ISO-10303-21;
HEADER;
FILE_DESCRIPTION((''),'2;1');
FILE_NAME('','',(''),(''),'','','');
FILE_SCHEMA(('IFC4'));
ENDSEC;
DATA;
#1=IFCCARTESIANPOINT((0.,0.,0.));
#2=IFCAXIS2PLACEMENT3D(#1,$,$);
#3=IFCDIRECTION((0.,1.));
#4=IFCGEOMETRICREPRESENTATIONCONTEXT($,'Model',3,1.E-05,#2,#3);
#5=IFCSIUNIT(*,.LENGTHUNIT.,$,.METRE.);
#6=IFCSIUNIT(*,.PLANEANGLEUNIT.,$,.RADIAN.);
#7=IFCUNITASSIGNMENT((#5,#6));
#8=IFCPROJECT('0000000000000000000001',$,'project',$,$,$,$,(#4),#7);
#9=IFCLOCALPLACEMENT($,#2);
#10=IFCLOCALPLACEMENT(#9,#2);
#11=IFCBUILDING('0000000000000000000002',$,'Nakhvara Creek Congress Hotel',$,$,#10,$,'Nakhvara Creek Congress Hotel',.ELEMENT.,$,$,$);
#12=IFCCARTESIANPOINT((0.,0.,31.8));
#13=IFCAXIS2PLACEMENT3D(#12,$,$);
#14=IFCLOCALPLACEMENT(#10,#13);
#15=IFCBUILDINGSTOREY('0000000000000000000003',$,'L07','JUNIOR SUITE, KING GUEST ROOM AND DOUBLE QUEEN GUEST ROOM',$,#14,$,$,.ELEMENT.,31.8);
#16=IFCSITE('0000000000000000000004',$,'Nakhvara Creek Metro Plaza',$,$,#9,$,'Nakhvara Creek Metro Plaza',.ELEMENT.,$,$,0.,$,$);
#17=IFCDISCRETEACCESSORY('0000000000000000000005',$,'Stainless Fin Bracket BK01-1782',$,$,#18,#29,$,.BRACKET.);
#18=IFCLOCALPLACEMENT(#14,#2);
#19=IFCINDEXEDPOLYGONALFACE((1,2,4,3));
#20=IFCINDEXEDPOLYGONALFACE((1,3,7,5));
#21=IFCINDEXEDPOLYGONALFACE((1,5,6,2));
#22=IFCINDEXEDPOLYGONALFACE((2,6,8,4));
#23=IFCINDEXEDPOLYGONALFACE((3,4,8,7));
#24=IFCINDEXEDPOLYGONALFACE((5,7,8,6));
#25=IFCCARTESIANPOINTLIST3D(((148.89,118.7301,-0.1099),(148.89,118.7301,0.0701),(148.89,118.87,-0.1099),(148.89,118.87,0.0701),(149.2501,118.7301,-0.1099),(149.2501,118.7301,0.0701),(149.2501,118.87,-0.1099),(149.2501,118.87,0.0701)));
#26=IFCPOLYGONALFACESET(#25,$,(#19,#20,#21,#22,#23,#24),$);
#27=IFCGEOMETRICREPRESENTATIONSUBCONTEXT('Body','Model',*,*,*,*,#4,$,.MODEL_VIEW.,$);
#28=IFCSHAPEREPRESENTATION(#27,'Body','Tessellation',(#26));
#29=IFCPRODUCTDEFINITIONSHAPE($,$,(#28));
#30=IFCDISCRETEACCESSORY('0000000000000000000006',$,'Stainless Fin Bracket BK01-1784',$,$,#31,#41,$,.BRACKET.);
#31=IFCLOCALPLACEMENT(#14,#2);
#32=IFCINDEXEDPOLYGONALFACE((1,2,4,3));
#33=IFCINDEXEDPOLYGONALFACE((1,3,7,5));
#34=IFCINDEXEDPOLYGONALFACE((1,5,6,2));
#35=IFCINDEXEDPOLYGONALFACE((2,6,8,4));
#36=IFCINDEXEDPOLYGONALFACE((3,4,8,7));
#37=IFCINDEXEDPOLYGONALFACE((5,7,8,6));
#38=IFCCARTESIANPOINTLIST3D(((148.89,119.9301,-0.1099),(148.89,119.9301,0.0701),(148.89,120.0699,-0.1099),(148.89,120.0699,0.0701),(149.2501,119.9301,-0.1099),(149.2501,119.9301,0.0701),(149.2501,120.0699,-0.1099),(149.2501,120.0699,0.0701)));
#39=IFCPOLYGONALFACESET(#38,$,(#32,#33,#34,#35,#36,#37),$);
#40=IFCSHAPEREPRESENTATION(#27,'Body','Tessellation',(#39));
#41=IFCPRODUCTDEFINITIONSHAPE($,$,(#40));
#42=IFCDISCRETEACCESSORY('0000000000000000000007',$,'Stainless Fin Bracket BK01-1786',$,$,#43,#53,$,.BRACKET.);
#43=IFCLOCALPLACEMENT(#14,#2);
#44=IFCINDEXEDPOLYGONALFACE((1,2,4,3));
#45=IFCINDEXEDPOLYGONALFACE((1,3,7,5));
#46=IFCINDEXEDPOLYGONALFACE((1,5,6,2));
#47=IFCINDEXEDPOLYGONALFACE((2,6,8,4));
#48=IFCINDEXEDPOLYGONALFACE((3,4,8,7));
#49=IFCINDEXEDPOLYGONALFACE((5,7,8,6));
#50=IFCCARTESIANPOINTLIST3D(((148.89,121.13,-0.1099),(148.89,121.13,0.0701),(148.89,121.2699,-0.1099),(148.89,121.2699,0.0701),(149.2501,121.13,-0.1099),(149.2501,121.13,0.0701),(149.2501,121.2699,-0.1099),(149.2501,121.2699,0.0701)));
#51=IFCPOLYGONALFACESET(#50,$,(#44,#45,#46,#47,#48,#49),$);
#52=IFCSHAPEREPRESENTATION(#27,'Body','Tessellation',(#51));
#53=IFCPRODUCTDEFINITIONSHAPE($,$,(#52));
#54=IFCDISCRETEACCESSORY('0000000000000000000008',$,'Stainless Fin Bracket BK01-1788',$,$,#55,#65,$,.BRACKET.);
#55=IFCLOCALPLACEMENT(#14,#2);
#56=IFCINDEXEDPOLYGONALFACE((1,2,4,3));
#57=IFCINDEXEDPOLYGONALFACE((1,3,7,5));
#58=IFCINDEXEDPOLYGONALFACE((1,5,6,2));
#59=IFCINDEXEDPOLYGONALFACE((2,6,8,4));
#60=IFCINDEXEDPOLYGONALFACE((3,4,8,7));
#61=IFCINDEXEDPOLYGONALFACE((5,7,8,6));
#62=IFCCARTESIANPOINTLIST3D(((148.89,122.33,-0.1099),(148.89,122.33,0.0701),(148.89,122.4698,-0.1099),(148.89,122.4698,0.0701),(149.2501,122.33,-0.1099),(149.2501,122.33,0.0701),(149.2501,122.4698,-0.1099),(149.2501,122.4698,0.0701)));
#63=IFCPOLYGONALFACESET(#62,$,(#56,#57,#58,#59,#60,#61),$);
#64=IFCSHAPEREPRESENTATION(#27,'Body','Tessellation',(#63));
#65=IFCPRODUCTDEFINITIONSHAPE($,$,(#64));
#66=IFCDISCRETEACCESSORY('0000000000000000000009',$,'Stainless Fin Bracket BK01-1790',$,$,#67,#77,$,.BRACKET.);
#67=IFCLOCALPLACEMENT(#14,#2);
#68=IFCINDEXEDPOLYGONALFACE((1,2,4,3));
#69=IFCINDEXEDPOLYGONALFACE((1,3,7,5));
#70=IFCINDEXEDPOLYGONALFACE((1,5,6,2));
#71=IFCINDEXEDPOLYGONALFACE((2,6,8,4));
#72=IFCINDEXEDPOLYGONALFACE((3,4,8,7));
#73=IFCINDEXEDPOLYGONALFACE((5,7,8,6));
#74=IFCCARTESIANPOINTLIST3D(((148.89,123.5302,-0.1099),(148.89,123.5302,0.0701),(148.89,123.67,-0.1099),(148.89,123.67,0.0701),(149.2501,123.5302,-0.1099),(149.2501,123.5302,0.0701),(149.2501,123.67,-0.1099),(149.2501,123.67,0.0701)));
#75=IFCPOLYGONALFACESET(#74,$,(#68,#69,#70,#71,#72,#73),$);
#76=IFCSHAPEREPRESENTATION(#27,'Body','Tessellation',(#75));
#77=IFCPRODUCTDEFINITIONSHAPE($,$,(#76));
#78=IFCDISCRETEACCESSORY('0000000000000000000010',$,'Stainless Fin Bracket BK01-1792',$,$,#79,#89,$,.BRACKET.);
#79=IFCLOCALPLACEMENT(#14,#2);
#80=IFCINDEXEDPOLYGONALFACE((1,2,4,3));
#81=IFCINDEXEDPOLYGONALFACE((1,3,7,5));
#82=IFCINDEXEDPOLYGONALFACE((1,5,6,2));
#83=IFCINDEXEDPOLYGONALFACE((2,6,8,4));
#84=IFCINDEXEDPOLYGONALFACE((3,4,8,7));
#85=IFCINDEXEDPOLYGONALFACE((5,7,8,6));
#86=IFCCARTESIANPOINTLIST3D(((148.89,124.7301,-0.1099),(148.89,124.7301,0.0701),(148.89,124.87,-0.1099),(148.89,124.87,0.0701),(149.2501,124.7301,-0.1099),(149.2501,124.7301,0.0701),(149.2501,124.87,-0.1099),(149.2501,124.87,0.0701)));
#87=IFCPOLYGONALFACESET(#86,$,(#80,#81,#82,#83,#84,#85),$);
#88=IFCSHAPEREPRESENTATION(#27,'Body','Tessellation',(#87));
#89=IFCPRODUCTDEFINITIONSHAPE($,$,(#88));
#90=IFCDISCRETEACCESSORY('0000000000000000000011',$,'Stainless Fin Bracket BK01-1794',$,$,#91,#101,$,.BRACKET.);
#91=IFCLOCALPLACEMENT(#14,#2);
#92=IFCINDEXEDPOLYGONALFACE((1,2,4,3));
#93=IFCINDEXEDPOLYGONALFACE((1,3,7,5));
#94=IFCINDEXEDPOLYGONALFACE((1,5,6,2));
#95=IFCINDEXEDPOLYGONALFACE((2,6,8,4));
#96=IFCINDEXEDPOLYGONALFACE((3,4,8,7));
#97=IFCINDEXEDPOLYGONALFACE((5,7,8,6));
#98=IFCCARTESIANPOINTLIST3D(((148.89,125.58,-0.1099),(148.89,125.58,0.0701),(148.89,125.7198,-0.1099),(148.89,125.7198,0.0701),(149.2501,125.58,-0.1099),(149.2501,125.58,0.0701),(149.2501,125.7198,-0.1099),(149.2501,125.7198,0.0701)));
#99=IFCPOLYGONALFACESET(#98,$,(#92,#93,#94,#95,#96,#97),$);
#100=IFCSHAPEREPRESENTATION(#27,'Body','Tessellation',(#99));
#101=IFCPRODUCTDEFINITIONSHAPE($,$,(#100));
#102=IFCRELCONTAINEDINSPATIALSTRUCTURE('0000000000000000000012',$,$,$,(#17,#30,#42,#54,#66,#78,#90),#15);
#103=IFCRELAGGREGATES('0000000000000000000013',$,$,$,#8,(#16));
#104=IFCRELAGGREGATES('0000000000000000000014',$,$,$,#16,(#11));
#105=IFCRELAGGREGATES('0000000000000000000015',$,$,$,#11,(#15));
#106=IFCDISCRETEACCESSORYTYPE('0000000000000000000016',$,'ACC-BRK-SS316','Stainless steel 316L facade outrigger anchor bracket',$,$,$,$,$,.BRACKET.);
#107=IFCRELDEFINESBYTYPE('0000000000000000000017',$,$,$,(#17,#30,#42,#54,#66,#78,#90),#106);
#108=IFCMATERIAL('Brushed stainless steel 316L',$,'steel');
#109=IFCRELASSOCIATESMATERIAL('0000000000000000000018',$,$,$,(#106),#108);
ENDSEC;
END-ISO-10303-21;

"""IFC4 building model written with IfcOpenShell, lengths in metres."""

from ifc_helpers import new_model, si_unit, direction, frame, origin, origin_2d, place, context, subcontext, project, spatial, rectangle, extrude, material, type_object, element, save


model = new_model("IFC4")

# Units and contexts
model_context = context("Model", 3, precision=1e-05, world=origin(), true_north=direction((0.0, 1.0)))
body_context = subcontext(model_context, "Body", "Model", "MODEL_VIEW")
ifc_project = project(units=[si_unit("LENGTHUNIT", "METRE"), si_unit("PLANEANGLEUNIT", "RADIAN")], contexts=[model_context])

# Site, building, storey
site_placement = place(None, origin())
site = spatial("IfcSite", under=ifc_project, at=site_placement, Name="Nakhvara Creek Metro Plaza", LongName="Nakhvara Creek Metro Plaza", CompositionType="ELEMENT", RefElevation=0.0)
building_placement = place(site_placement, origin())
building = spatial("IfcBuilding", under=site, at=building_placement, Name="Nakhvara Creek Congress Hotel", LongName="Nakhvara Creek Congress Hotel", CompositionType="ELEMENT")
storey_placement = place(building_placement, frame((0.0, 0.0, 31.8)))
storey = spatial("IfcBuildingStorey", under=building, at=storey_placement, Name="L07", Description="JUNIOR SUITE, KING GUEST ROOM AND DOUBLE QUEEN GUEST ROOM", CompositionType="ELEMENT", Elevation=31.8)

# Discrete accessories
ifc_material_1 = material(Name="Brushed stainless steel 316L", Category="steel")
discrete_accessory_type = type_object("IfcDiscreteAccessoryType", Name="ACC-BRK-SS316", Description="Stainless steel 316L facade outrigger anchor bracket", PredefinedType="BRACKET", material=ifc_material_1)
for number, where, z_axis, x_axis, name in (
    (1, (149.0701, 118.8, -0.1099), (0.0, 0.0, 1.0), (0.0, 1.0, 0.0), "Stainless Fin Bracket BK01-1782"),
    (2, (149.0701, 120.0, -0.1099), (0.0, 0.0, 1.0), (0.0, 1.0, 0.0), "Stainless Fin Bracket BK01-1784"),
    (3, (149.0701, 121.2, -0.1099), (0.0, 0.0, 1.0), (0.0, 1.0, 0.0), "Stainless Fin Bracket BK01-1786"),
    (4, (149.0701, 122.3999, -0.1099), (0.0, 0.0, 1.0), (0.0, 1.0, 0.0), "Stainless Fin Bracket BK01-1788"),
    (5, (149.0701, 123.6001, -0.1099), (0.0, 0.0, 1.0), (0.0, 1.0, 0.0), "Stainless Fin Bracket BK01-1790"),
    (6, (149.0701, 124.8, -0.1099), (0.0, 0.0, 1.0), (0.0, 1.0, 0.0), "Stainless Fin Bracket BK01-1792"),
    (7, (149.0701, 125.6499, -0.1099), (0.0, 0.0, 1.0), (0.0, 1.0, 0.0), "Stainless Fin Bracket BK01-1794"),
):
    element("IfcDiscreteAccessory", number, at=place(storey_placement, frame(where, z_axis=z_axis, x_axis=x_axis)), inside=storey, type_object=discrete_accessory_type, Name=name, PredefinedType="BRACKET", context=body_context, shape_type="SweptSolid", body=[
        extrude(rectangle(XDim=0.1399, YDim=0.3601, at=origin_2d()), origin(), (0.0, 0.0, 1.0), 0.1799),
    ])

save(model, "model.ifc")
